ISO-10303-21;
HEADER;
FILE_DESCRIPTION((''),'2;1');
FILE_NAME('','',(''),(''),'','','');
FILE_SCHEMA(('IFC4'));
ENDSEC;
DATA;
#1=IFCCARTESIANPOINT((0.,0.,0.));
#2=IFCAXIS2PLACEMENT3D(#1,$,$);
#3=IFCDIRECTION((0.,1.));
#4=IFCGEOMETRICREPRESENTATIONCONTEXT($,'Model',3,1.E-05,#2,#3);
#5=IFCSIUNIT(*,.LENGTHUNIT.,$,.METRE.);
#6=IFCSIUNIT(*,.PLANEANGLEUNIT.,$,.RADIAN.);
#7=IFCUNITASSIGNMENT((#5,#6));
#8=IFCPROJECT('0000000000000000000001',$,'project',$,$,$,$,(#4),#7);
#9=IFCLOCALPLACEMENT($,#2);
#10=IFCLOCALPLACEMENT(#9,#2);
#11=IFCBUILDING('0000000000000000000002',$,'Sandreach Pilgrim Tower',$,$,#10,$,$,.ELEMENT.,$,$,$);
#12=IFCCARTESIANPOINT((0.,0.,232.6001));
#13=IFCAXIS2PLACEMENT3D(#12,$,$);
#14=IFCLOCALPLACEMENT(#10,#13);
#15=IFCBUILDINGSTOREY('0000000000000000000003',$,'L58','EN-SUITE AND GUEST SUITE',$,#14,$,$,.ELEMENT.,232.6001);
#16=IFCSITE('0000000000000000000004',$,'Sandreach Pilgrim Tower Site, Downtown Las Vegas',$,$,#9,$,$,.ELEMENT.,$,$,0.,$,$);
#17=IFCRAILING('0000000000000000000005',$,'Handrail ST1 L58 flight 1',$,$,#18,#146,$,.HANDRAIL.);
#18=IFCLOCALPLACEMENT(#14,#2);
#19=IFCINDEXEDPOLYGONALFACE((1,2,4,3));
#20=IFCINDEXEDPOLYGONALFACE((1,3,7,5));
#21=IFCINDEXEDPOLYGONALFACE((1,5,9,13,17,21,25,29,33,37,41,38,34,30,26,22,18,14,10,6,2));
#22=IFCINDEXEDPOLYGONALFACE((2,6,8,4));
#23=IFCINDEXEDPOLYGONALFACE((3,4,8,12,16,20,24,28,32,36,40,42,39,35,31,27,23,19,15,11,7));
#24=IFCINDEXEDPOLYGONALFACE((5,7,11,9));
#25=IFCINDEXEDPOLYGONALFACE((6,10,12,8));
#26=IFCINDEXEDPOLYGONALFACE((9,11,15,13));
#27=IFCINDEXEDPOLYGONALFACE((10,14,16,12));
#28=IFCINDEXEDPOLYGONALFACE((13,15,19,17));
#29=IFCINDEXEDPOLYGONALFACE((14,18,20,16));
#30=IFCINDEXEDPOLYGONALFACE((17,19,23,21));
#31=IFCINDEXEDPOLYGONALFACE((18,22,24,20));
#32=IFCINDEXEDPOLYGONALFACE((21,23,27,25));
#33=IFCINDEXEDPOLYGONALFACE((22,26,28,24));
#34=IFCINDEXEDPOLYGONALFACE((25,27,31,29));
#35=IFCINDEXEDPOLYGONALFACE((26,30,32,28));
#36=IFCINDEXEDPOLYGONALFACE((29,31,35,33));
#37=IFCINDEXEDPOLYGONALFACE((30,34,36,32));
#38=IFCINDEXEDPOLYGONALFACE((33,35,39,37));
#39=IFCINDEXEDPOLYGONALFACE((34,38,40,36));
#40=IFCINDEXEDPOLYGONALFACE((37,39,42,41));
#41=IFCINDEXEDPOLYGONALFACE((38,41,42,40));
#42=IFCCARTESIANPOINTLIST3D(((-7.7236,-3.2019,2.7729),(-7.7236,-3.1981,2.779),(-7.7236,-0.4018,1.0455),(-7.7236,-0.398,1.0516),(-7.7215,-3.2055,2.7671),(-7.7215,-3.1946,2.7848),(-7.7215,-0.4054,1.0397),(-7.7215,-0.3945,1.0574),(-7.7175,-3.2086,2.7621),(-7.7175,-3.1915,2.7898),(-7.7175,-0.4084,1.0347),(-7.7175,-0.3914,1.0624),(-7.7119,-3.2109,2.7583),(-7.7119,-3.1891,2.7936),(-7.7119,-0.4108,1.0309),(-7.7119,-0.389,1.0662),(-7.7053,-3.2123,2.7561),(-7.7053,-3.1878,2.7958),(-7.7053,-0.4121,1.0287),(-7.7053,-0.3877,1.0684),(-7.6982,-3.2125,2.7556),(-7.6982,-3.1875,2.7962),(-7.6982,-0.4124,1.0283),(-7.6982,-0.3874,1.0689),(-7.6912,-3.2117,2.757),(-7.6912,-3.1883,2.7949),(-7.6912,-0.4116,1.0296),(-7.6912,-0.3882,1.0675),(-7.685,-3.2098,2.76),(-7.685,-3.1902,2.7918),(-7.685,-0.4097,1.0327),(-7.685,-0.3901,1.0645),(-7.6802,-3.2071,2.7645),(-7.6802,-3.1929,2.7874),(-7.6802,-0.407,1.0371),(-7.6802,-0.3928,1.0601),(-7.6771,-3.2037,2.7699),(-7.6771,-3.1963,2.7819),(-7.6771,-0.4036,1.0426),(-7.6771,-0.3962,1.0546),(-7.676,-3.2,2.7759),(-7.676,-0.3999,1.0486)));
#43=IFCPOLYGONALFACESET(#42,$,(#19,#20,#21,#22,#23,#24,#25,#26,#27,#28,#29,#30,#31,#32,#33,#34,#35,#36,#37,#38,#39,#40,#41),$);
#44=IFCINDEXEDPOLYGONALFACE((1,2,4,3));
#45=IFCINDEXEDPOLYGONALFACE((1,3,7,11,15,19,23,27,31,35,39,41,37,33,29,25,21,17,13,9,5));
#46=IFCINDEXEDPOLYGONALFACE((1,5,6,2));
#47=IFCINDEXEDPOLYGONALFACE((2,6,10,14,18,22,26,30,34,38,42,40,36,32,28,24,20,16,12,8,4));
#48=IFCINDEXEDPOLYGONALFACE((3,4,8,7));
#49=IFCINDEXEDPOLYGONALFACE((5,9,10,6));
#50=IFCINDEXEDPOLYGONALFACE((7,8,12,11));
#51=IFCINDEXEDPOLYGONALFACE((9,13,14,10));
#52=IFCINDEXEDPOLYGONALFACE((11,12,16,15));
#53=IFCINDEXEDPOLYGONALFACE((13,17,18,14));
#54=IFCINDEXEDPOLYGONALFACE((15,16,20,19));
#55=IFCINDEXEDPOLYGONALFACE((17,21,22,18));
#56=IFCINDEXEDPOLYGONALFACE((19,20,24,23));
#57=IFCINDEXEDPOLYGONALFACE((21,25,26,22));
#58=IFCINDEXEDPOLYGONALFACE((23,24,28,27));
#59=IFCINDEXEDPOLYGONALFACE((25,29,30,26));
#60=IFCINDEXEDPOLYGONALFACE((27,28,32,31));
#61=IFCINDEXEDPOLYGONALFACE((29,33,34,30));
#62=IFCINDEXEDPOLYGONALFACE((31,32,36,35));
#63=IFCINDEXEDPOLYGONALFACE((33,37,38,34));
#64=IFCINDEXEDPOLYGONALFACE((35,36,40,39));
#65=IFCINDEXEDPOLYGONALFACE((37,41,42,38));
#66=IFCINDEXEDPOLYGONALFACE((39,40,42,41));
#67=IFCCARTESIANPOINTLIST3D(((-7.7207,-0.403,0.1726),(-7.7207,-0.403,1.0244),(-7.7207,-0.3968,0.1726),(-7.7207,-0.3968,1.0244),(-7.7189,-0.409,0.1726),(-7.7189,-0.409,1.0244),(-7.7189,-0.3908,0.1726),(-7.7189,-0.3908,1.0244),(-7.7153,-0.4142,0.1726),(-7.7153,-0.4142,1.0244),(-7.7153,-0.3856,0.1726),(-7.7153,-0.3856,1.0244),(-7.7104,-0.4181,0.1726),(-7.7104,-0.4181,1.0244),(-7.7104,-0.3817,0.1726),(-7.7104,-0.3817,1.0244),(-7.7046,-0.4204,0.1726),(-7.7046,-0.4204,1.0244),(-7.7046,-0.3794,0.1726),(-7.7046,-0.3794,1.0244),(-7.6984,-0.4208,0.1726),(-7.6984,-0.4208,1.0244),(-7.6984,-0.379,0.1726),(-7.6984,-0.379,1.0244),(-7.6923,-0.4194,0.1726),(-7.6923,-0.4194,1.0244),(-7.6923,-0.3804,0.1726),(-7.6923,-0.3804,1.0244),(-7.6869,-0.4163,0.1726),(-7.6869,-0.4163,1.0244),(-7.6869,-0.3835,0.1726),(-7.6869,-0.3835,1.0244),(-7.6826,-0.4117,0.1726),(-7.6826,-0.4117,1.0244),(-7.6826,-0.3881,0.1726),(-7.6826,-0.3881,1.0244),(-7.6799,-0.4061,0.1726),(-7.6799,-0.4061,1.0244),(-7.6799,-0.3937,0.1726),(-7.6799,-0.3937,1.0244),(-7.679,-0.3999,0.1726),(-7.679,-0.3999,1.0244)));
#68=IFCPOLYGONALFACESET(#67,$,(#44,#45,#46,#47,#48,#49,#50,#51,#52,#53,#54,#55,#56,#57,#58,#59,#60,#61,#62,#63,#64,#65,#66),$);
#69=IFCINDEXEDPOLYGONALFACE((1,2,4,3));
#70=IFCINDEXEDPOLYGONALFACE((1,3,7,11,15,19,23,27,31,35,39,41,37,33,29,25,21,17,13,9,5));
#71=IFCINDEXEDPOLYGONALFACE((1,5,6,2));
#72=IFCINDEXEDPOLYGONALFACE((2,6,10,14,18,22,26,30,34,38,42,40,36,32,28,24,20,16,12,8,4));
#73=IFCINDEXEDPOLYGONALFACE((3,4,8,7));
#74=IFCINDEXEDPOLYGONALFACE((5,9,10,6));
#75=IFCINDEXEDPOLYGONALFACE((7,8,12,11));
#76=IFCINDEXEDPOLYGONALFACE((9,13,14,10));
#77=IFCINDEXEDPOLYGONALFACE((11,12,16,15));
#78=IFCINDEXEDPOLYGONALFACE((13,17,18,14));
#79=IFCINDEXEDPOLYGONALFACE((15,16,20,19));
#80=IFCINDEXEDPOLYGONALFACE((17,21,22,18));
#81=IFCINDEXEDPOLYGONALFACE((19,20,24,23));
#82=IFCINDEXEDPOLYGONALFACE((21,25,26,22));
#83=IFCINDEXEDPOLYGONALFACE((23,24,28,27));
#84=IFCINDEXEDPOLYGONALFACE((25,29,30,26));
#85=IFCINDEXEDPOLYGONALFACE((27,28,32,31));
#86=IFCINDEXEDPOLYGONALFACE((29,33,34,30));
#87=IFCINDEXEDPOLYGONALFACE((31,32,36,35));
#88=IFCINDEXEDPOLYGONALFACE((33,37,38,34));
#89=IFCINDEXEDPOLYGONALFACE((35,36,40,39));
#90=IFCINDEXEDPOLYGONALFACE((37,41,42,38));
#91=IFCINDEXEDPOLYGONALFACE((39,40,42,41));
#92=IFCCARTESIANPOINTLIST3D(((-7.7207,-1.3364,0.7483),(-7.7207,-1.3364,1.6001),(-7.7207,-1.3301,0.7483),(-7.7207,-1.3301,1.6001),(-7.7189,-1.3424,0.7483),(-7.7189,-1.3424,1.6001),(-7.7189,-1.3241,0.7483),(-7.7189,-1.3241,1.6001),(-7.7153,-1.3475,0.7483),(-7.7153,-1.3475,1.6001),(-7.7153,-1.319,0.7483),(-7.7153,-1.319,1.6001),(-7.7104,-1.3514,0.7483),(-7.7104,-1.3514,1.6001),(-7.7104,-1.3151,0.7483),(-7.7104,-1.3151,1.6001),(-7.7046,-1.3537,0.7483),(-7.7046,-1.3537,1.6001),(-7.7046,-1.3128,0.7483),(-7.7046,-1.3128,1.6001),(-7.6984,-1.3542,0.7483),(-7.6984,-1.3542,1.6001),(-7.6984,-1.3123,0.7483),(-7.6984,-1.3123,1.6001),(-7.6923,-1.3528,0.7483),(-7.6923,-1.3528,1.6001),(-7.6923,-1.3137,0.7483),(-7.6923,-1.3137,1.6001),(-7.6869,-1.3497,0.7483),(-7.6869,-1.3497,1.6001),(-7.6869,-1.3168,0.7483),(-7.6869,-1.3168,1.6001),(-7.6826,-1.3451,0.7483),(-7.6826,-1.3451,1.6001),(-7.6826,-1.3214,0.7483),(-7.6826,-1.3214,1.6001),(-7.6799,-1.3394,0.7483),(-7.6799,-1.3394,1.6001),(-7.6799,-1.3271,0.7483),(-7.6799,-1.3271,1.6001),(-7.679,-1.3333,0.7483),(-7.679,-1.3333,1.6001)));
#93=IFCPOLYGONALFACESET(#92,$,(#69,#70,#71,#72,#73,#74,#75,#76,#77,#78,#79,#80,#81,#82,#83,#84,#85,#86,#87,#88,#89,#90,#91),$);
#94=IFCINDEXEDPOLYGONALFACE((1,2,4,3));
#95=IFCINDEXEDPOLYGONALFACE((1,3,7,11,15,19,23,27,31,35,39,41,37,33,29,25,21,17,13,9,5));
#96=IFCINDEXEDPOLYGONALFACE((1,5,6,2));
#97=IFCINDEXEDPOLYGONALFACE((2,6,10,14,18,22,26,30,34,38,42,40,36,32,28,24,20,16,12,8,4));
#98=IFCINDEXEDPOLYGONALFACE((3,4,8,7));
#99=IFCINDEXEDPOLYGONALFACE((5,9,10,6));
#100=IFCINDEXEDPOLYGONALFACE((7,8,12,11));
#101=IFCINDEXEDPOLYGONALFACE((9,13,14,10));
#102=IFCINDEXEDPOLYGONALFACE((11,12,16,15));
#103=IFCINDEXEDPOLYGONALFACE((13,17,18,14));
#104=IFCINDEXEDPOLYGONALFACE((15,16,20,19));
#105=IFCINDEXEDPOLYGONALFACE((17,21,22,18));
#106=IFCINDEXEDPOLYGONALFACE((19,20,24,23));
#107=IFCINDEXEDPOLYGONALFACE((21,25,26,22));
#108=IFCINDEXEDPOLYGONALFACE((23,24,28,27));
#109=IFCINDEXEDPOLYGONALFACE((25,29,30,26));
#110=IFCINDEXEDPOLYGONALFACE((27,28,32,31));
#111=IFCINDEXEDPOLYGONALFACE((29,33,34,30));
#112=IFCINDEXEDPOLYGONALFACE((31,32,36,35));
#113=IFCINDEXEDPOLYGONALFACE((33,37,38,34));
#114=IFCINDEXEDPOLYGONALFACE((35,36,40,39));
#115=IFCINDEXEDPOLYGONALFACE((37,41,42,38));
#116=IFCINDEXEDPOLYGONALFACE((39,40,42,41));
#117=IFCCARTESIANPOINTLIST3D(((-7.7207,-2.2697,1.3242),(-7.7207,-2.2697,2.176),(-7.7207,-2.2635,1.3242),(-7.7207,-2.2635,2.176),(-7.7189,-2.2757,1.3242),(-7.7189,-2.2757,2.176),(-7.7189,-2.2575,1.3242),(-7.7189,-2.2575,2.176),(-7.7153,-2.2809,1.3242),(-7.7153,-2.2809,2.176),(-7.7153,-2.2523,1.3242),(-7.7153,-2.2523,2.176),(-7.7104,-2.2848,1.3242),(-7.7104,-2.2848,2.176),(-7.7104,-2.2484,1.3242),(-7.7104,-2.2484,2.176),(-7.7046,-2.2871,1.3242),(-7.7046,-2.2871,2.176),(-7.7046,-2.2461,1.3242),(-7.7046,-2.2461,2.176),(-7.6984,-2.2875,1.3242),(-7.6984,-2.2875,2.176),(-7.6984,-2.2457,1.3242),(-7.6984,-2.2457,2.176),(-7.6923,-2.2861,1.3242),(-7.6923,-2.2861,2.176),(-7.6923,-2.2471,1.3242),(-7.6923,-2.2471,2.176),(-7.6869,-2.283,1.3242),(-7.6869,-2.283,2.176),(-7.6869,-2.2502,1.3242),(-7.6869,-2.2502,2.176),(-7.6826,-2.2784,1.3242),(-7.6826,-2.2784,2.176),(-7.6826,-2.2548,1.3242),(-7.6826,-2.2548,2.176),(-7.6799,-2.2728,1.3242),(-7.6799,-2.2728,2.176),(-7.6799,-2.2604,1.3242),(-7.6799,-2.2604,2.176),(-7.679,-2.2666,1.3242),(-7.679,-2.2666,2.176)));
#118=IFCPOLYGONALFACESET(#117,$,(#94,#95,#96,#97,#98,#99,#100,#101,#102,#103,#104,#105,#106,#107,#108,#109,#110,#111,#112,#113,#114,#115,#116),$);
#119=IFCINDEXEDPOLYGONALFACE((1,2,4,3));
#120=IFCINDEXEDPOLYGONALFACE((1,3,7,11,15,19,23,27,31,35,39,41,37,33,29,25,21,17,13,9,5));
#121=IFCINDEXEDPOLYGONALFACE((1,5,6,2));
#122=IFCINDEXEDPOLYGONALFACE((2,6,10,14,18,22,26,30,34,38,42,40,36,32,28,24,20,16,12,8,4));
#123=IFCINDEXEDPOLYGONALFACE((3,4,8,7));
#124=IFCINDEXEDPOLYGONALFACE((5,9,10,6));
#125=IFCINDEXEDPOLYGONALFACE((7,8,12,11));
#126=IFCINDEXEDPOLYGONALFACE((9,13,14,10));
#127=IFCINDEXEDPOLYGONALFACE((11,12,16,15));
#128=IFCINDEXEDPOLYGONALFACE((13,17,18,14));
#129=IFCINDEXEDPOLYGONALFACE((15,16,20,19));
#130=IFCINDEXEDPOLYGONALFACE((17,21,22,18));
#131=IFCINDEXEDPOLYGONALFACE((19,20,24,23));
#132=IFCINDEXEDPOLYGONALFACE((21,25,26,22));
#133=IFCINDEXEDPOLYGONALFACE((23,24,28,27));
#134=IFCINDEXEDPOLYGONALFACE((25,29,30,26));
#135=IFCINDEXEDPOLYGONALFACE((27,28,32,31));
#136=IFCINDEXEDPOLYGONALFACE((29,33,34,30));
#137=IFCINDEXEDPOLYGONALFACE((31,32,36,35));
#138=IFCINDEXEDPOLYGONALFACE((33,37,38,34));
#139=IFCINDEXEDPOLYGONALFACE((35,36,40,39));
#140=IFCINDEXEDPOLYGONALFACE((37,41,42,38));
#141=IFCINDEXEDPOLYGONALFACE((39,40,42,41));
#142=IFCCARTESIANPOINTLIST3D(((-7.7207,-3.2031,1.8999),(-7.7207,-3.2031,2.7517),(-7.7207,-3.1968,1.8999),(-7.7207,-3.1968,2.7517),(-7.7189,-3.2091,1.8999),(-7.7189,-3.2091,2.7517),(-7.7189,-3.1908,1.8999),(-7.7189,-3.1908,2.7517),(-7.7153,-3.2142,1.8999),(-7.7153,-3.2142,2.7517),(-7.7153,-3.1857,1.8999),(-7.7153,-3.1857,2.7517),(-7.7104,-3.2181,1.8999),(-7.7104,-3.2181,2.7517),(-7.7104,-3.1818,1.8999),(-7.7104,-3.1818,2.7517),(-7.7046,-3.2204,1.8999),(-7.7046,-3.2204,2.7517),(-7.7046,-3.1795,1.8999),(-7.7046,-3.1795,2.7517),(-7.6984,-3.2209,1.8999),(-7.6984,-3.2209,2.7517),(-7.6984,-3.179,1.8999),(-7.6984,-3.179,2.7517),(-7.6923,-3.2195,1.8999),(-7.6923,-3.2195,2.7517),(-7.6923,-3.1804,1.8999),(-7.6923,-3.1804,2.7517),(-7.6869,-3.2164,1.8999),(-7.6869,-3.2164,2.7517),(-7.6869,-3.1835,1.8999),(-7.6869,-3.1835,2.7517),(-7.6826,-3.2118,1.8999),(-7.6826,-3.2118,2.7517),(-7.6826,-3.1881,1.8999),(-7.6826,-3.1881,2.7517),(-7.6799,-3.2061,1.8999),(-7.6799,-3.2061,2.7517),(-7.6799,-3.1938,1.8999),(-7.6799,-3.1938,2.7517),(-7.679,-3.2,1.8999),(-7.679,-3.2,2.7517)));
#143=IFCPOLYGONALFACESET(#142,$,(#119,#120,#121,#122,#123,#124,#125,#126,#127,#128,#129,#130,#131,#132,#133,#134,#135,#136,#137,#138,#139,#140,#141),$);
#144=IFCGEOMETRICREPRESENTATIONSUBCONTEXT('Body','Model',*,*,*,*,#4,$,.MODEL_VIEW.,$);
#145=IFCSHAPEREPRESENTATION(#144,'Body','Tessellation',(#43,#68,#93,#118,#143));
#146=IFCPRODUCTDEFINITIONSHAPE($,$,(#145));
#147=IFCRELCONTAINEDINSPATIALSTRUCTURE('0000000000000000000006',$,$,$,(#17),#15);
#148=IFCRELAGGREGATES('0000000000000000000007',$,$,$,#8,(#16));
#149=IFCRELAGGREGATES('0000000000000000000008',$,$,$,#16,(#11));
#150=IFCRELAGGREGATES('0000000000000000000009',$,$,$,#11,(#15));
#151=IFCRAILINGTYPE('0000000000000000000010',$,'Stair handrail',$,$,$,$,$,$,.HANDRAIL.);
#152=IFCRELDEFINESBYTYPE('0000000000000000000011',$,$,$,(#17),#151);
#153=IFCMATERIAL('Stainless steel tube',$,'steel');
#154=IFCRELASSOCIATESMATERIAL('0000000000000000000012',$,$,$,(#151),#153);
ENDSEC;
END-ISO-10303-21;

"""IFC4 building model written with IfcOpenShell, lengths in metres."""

from ifc_helpers import new_model, si_unit, direction, frame, origin, origin_2d, place, context, subcontext, project, spatial, circle, extrude, material, type_object, element, save


model = new_model("IFC4")

# Units and contexts
model_context = context("Model", 3, precision=1e-05, world=origin(), true_north=direction((0.0, 1.0)))
body_context = subcontext(model_context, "Body", "Model", "MODEL_VIEW")
ifc_project = project(units=[si_unit("LENGTHUNIT", "METRE"), si_unit("PLANEANGLEUNIT", "RADIAN")], contexts=[model_context])

# Site, building, storey
site_placement = place(None, origin())
site = spatial("IfcSite", under=ifc_project, at=site_placement, Name="Sandreach Pilgrim Tower Site, Downtown Las Vegas", CompositionType="ELEMENT", RefElevation=0.0)
building_placement = place(site_placement, origin())
building = spatial("IfcBuilding", under=site, at=building_placement, Name="Sandreach Pilgrim Tower", CompositionType="ELEMENT")
storey_placement = place(building_placement, frame((0.0, 0.0, 232.6001)))
storey = spatial("IfcBuildingStorey", under=building, at=storey_placement, Name="L58", Description="EN-SUITE AND GUEST SUITE", CompositionType="ELEMENT", Elevation=232.6001)

# Railing
ifc_material_1 = material(Name="Stainless steel tube", Category="steel")
railing_type = type_object("IfcRailingType", Name="Stair handrail", PredefinedType="HANDRAIL", material=ifc_material_1)
for number, where, name in (
    (1, (-7.7, -0.3999, 0.1726), "Handrail ST1 L58 flight 1"),
):
    element("IfcRailing", number, at=place(storey_placement, frame(where)), inside=storey, type_object=railing_type, Name=name, PredefinedType="HANDRAIL", context=body_context, shape_type="SweptSolid", body=[
        extrude(circle(Radius=0.0239, at=origin_2d()), frame((0.0, 0.0, 0.876), z_axis=(0.0, -0.85109, 0.52502), x_axis=(1.0, 0.0, 0.0)), (0.0, 0.0, 1.0), 3.29),
        extrude(circle(Radius=0.021, at=origin_2d()), origin(), (0.0, 0.0, 1.0), 0.8518),
        extrude(circle(Radius=0.021, at=origin_2d()), frame((0.0, -0.9333, 0.5757)), (0.0, 0.0, 1.0), 0.8518),
        extrude(circle(Radius=0.021, at=origin_2d()), frame((0.0, -1.8667, 1.1516)), (0.0, 0.0, 1.0), 0.8518),
        extrude(circle(Radius=0.021, at=origin_2d()), frame((0.0, -2.8, 1.7273)), (0.0, 0.0, 1.0), 0.8518),
    ])

save(model, "model.ifc")
